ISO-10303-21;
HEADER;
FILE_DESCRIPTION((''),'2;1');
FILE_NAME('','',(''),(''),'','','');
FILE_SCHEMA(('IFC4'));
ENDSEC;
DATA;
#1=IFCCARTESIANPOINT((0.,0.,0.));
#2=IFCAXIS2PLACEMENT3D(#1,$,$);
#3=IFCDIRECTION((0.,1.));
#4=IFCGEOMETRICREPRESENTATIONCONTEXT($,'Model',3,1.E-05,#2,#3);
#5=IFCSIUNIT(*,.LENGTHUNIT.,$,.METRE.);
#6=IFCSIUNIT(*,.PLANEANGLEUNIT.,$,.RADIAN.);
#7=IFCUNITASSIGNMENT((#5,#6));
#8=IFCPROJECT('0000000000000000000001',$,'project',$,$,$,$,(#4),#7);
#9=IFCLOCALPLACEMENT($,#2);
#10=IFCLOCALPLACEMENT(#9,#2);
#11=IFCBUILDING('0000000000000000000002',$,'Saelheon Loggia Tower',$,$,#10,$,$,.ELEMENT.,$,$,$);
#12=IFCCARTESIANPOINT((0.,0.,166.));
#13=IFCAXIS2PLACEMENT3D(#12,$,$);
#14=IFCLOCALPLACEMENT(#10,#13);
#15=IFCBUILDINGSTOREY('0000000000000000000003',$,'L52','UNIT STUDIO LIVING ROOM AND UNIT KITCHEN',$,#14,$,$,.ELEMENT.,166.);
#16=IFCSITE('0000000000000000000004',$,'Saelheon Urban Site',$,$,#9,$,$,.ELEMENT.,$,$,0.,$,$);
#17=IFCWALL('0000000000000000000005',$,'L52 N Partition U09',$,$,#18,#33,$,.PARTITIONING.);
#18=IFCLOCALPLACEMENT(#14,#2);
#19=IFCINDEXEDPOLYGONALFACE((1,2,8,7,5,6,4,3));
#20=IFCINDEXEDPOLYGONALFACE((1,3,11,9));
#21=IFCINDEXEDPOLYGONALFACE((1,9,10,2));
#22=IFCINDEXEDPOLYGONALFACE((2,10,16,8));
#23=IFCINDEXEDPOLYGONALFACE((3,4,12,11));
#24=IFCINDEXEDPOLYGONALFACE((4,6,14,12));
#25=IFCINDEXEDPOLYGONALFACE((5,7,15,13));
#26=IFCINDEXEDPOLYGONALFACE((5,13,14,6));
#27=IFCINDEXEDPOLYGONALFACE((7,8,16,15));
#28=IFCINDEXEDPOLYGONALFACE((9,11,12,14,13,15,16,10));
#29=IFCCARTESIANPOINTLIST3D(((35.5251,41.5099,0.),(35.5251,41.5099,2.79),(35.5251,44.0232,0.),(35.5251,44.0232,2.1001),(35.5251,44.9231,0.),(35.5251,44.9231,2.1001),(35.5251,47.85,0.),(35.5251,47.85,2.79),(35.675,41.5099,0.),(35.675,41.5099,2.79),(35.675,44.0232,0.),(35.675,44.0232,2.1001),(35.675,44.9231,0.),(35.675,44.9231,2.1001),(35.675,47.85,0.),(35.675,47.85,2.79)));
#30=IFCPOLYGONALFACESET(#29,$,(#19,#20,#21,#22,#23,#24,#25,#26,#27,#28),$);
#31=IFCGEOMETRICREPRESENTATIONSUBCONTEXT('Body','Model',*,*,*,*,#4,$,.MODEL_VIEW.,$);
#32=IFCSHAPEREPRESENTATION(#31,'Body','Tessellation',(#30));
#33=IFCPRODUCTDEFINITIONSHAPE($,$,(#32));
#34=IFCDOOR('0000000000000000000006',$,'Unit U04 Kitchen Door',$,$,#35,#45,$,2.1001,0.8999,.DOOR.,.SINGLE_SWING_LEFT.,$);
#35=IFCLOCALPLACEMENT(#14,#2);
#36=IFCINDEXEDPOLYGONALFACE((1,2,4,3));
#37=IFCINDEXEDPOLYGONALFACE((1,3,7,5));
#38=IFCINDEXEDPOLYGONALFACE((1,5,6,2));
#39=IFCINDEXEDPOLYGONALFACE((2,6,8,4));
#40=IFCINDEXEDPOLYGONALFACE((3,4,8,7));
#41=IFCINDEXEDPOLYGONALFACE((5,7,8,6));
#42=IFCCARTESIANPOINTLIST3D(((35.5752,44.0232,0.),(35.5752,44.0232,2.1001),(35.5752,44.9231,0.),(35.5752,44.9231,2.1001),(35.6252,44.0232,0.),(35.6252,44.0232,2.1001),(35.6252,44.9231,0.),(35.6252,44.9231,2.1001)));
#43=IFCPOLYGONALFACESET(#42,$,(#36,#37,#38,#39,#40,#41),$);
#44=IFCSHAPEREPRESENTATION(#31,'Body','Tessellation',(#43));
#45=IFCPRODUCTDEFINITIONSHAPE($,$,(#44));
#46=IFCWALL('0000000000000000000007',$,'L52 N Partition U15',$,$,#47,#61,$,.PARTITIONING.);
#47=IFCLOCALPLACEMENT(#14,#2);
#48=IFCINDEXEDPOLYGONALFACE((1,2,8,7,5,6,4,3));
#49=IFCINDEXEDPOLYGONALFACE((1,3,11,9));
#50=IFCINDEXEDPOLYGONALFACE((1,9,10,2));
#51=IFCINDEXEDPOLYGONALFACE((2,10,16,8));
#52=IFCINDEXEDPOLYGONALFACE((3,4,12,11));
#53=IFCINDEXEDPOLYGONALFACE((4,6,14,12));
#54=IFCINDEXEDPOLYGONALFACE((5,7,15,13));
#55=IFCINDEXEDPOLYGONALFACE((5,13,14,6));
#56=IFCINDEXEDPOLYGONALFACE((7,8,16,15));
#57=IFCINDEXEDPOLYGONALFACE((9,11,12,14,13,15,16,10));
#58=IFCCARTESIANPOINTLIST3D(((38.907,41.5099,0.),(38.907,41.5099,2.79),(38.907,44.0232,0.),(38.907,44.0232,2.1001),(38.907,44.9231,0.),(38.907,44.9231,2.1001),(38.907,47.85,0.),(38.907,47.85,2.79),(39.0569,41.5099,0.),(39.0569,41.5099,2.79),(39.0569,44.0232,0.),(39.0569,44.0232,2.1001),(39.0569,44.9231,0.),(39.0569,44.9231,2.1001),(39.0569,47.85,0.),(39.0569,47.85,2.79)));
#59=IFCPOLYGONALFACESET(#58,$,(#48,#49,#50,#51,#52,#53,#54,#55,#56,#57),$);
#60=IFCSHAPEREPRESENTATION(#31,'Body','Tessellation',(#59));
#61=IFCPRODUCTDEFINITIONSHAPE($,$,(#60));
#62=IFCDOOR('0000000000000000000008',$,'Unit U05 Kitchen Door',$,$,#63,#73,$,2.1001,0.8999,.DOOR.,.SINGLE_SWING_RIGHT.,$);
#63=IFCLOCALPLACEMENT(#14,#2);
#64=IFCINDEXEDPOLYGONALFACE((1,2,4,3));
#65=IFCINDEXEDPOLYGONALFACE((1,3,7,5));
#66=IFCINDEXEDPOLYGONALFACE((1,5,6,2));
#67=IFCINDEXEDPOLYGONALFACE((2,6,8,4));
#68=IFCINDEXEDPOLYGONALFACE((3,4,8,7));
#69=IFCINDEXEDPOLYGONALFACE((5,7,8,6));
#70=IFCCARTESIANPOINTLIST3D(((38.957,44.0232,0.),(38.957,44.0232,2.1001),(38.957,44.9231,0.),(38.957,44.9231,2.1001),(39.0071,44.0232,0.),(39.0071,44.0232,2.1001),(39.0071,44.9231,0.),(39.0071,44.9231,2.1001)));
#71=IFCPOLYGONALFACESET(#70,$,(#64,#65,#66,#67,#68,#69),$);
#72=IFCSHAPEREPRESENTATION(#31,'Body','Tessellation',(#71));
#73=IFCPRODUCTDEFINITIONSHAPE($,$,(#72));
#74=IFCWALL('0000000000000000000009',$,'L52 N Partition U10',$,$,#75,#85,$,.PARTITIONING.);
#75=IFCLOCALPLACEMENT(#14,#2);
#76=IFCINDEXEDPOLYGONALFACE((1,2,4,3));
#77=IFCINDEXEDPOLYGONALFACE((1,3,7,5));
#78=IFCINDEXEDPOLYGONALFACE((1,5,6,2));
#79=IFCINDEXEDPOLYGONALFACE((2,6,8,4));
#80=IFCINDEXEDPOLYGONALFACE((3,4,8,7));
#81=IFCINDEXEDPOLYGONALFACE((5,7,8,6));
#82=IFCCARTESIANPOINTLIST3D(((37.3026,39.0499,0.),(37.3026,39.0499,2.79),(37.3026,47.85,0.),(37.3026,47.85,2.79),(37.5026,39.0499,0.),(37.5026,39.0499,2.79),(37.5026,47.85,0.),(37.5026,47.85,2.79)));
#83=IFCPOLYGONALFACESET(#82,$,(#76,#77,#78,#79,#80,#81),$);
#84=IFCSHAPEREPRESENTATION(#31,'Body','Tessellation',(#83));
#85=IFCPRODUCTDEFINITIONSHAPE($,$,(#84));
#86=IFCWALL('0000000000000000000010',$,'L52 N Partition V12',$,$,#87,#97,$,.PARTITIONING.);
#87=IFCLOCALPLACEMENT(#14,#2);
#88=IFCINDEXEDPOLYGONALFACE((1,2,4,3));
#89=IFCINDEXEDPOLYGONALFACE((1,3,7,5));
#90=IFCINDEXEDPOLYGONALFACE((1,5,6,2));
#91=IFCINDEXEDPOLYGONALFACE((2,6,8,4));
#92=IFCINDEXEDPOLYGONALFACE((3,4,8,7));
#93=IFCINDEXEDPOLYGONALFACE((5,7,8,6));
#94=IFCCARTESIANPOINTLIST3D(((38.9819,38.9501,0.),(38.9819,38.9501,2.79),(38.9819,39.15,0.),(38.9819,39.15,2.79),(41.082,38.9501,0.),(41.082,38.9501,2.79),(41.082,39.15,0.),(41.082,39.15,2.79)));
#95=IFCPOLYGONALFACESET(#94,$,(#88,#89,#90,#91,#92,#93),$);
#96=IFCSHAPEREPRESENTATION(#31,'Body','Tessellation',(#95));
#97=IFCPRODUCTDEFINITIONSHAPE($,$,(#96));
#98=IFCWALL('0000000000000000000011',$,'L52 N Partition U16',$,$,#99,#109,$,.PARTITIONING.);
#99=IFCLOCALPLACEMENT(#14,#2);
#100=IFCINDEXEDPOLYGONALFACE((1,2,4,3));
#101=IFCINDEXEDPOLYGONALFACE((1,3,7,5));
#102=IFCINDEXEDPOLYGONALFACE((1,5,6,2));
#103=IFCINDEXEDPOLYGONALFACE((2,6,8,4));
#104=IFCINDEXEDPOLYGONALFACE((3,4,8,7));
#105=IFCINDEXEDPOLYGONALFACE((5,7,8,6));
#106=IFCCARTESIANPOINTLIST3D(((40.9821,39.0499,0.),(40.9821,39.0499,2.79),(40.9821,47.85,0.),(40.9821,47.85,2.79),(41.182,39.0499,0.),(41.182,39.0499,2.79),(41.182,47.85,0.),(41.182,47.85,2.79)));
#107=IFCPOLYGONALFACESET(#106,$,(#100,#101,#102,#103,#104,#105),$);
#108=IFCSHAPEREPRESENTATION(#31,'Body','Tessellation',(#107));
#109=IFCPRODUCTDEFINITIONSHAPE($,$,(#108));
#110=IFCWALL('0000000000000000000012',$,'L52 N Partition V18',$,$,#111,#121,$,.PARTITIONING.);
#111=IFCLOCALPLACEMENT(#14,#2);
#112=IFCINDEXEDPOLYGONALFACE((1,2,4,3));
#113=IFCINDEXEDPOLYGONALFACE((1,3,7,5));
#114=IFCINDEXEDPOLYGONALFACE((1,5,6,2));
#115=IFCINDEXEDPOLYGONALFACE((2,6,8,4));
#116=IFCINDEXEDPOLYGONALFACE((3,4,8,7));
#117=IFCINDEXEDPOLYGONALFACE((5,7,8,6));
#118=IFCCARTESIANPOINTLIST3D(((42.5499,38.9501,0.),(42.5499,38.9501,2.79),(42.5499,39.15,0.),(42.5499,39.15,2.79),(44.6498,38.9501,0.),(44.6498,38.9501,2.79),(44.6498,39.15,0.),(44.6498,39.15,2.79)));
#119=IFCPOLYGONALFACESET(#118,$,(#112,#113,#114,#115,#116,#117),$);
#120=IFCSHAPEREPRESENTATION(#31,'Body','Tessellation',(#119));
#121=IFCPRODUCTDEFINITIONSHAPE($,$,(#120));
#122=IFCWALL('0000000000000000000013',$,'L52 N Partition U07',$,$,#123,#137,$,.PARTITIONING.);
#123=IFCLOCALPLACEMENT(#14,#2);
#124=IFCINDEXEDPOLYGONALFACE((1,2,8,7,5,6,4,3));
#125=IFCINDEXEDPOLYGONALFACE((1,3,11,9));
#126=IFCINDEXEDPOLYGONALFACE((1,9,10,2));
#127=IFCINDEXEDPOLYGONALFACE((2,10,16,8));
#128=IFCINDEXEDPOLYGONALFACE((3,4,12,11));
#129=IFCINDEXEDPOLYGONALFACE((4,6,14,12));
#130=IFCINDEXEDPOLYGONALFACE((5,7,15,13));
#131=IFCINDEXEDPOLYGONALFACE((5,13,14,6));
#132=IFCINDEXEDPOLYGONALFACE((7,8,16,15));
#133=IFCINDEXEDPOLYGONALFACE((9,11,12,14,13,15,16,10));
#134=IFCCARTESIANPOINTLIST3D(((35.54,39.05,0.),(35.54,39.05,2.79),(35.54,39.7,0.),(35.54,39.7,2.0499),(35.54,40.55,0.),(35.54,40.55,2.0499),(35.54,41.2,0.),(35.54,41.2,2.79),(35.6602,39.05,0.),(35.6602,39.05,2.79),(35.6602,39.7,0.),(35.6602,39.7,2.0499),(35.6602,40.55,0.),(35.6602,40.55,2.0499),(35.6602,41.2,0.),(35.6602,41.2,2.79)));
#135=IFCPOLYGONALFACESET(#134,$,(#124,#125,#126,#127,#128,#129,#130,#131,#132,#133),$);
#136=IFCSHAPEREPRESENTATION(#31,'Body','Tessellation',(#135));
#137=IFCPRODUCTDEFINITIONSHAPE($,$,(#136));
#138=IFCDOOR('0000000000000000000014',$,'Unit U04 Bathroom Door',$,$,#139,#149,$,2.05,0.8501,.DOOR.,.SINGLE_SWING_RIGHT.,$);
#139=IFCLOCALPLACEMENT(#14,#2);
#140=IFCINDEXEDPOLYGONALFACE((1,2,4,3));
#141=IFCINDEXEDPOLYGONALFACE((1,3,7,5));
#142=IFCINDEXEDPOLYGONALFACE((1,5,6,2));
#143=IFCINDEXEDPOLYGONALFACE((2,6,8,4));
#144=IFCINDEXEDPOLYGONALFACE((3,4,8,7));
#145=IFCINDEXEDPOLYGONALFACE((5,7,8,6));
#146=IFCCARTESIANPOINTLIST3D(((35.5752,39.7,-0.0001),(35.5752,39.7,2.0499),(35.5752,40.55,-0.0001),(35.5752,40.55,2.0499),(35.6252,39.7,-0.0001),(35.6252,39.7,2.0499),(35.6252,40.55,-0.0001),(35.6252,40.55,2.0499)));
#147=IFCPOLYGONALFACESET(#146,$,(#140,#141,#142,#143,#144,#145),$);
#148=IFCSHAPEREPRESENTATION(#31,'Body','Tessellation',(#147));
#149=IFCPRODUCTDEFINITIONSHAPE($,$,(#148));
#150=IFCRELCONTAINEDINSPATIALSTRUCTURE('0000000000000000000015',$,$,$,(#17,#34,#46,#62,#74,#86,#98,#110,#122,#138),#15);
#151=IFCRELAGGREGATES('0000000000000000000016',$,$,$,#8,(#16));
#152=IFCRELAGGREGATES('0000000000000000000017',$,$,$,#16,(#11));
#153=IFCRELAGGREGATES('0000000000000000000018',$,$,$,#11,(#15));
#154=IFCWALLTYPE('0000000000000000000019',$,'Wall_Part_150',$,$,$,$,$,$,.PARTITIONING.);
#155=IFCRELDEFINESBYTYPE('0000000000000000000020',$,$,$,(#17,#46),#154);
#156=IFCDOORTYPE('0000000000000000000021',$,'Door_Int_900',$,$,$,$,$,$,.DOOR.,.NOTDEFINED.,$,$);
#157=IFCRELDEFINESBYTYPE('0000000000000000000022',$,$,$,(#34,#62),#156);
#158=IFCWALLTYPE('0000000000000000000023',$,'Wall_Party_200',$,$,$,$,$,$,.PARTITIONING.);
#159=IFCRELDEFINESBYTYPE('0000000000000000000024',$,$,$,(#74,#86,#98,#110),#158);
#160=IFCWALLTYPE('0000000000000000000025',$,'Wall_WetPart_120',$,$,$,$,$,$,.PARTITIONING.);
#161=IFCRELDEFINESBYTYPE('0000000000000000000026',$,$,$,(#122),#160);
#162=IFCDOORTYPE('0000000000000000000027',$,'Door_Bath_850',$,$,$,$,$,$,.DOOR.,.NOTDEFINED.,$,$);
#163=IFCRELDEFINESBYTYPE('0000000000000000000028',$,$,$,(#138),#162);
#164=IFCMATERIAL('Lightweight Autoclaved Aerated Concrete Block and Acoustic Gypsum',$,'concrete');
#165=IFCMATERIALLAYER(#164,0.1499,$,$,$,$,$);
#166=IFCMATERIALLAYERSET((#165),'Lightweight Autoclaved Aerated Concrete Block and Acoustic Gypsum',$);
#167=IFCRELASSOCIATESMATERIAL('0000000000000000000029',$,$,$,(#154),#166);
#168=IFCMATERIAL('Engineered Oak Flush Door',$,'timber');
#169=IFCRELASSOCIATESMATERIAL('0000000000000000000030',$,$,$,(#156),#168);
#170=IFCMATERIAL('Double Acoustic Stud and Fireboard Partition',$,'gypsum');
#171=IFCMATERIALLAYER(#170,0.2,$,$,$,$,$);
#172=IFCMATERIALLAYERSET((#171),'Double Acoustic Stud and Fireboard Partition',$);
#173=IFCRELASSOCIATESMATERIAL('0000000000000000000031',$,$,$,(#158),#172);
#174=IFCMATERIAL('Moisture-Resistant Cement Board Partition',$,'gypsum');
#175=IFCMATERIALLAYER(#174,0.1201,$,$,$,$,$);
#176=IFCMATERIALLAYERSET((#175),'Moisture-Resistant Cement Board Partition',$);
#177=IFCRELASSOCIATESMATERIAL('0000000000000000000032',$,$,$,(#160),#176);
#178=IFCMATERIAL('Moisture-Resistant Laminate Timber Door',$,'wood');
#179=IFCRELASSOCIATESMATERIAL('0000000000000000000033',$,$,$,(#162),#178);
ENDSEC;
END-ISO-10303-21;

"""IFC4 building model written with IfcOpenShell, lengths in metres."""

from ifc_helpers import new_model, si_unit, direction, frame, frame_2d, origin, place, context, subcontext, project, spatial, rectangle, extrude, source, transform, mapped, material, layer, layer_set, type_object, element, fill, save


model = new_model("IFC4")

# Units and contexts
model_context = context("Model", 3, precision=1e-05, world=origin(), true_north=direction((0.0, 1.0)))
body_context = subcontext(model_context, "Body", "Model", "MODEL_VIEW")
ifc_project = project(units=[si_unit("LENGTHUNIT", "METRE"), si_unit("PLANEANGLEUNIT", "RADIAN")], contexts=[model_context])

# Site, building, storey
site_placement = place(None, origin())
site = spatial("IfcSite", under=ifc_project, at=site_placement, Name="Saelheon Urban Site", CompositionType="ELEMENT", RefElevation=0.0)
building_placement = place(site_placement, origin())
building = spatial("IfcBuilding", under=site, at=building_placement, Name="Saelheon Loggia Tower", CompositionType="ELEMENT")
storey_placement = place(building_placement, frame((0.0, 0.0, 166.0)))
storey = spatial("IfcBuildingStorey", under=building, at=storey_placement, Name="L52", Description="UNIT STUDIO LIVING ROOM AND UNIT KITCHEN", CompositionType="ELEMENT", Elevation=166.0)

# Walls, openings, doors
ifc_material_1 = material(Name="Lightweight Autoclaved Aerated Concrete Block and Acoustic Gypsum", Category="concrete")
ifc_layer_1 = layer(ifc_material_1, 0.1499)
ifc_layer_set_1 = layer_set([ifc_layer_1], Name="Lightweight Autoclaved Aerated Concrete Block and Acoustic Gypsum")
wall_type_1 = type_object("IfcWallType", Name="Wall_Part_150", PredefinedType="PARTITIONING", material=ifc_layer_set_1)
wall_1_placement = place(storey_placement, frame((35.6001, 41.51, 0.0), z_axis=(0.0, 0.0, 1.0), x_axis=(0.0, 1.0, 0.0)))
wall_1 = element("IfcWall", 1, at=wall_1_placement, inside=storey, type_object=wall_type_1, Name="L52 N Partition U09", PredefinedType="PARTITIONING", context=body_context, shape_type="SweptSolid", body=[
    extrude(rectangle(XDim=6.3401, YDim=0.1499, at=frame_2d((3.1699, 0.0))), origin(), (0.0, 0.0, 1.0), 2.79),
])
opening_1_placement = place(wall_1_placement, frame((2.5132, 0.0, 0.0)))
opening_1 = element("IfcOpeningElement", 2, at=opening_1_placement, cuts=wall_1, PredefinedType="OPENING", context=body_context, shape_type="SweptSolid", body=[
    extrude(rectangle(XDim=0.8999, YDim=2.1001, at=frame_2d((0.45, 1.05))), frame((0.0, 0.0869, 0.0), z_axis=(0.0, -1.0, 0.0), x_axis=(1.0, 0.0, 0.0)), (0.0, 0.0, 1.0), 0.1738),
])
ifc_material_2 = material(Name="Engineered Oak Flush Door", Category="timber")
door_type_1 = type_object("IfcDoorType", Name="Door_Int_900", OperationType="NOTDEFINED", PredefinedType="DOOR", material=ifc_material_2)
shared_shape_1 = source(origin(), body_context, "Body", "SweptSolid", [
    extrude(rectangle(XDim=0.8999, YDim=2.1001, at=frame_2d((0.45, 1.05))), frame((0.0, 0.0249, 0.0), z_axis=(0.0, -1.0, 0.0), x_axis=(1.0, 0.0, 0.0)), (0.0, 0.0, 1.0), 0.05),
])
door_1_placement = place(opening_1_placement, origin())
door_1 = element("IfcDoor", 3, at=door_1_placement, inside=storey, type_object=door_type_1, Name="Unit U04 Kitchen Door", OperationType="SINGLE_SWING_LEFT", OverallHeight=2.1001, OverallWidth=0.8999, PredefinedType="DOOR", context=body_context, shape_type="MappedRepresentation", body=[
    mapped(shared_shape_1, transform((0.0, 0.0, 0.0), scale=1.0)),
])
fill(opening_1, door_1)
wall_2_placement = place(storey_placement, frame((38.9819, 41.51, 0.0), z_axis=(0.0, 0.0, 1.0), x_axis=(0.0, 1.0, 0.0)))
wall_2 = element("IfcWall", 4, at=wall_2_placement, inside=storey, type_object=wall_type_1, Name="L52 N Partition U15", PredefinedType="PARTITIONING", context=body_context, shape_type="SweptSolid", body=[
    extrude(rectangle(XDim=6.3401, YDim=0.1499, at=frame_2d((3.1699, 0.0))), origin(), (0.0, 0.0, 1.0), 2.79),
])
opening_2_placement = place(wall_2_placement, frame((2.5132, 0.0, 0.0)))
opening_2 = element("IfcOpeningElement", 5, at=opening_2_placement, cuts=wall_2, PredefinedType="OPENING", context=body_context, shape_type="SweptSolid", body=[
    extrude(rectangle(XDim=0.8999, YDim=2.1001, at=frame_2d((0.45, 1.05))), frame((0.0, 0.0869, 0.0), z_axis=(0.0, -1.0, 0.0), x_axis=(1.0, 0.0, 0.0)), (0.0, 0.0, 1.0), 0.1738),
])
door_2_placement = place(opening_2_placement, origin())
door_2 = element("IfcDoor", 6, at=door_2_placement, inside=storey, type_object=door_type_1, Name="Unit U05 Kitchen Door", OperationType="SINGLE_SWING_RIGHT", OverallHeight=2.1001, OverallWidth=0.8999, PredefinedType="DOOR", context=body_context, shape_type="MappedRepresentation", body=[
    mapped(shared_shape_1, transform((0.0, 0.0, 0.0), scale=1.0)),
])
fill(opening_2, door_2)
ifc_material_3 = material(Name="Double Acoustic Stud and Fireboard Partition", Category="gypsum")
ifc_layer_2 = layer(ifc_material_3, 0.2)
ifc_layer_set_2 = layer_set([ifc_layer_2], Name="Double Acoustic Stud and Fireboard Partition")
wall_type_2 = type_object("IfcWallType", Name="Wall_Party_200", PredefinedType="PARTITIONING", material=ifc_layer_set_2)

# Wall
wall_3_placement = place(storey_placement, frame((37.4026, 39.05, 0.0), z_axis=(0.0, 0.0, 1.0), x_axis=(0.0, 1.0, 0.0)))
element("IfcWall", 7, at=wall_3_placement, inside=storey, type_object=wall_type_2, Name="L52 N Partition U10", PredefinedType="PARTITIONING", context=body_context, shape_type="SweptSolid", body=[
    extrude(rectangle(XDim=8.8, YDim=0.2, at=frame_2d((4.3999, 0.0))), origin(), (0.0, 0.0, 1.0), 2.79),
])

# Walls
wall_4_placement = place(storey_placement, frame((38.9819, 39.05, 0.0), z_axis=(0.0, 0.0, 1.0), x_axis=(1.0, 0.0, 0.0)))
element("IfcWall", 8, at=wall_4_placement, inside=storey, type_object=wall_type_2, Name="L52 N Partition V12", PredefinedType="PARTITIONING", context=body_context, shape_type="SweptSolid", body=[
    extrude(rectangle(XDim=2.1001, YDim=0.2, at=frame_2d((1.05, 0.0))), origin(), (0.0, 0.0, 1.0), 2.79),
])
wall_5_placement = place(storey_placement, frame((41.082, 39.05, 0.0), z_axis=(0.0, 0.0, 1.0), x_axis=(0.0, 1.0, 0.0)))
element("IfcWall", 9, at=wall_5_placement, inside=storey, type_object=wall_type_2, Name="L52 N Partition U16", PredefinedType="PARTITIONING", context=body_context, shape_type="SweptSolid", body=[
    extrude(rectangle(XDim=8.8, YDim=0.2, at=frame_2d((4.3999, 0.0))), origin(), (0.0, 0.0, 1.0), 2.79),
])

# Wall
wall_6_placement = place(storey_placement, frame((42.55, 39.05, 0.0), z_axis=(0.0, 0.0, 1.0), x_axis=(1.0, 0.0, 0.0)))
element("IfcWall", 10, at=wall_6_placement, inside=storey, type_object=wall_type_2, Name="L52 N Partition V18", PredefinedType="PARTITIONING", context=body_context, shape_type="SweptSolid", body=[
    extrude(rectangle(XDim=2.0999, YDim=0.2, at=frame_2d((1.0498, 0.0))), origin(), (0.0, 0.0, 1.0), 2.79),
])

# Wall, opening, door
ifc_material_4 = material(Name="Moisture-Resistant Cement Board Partition", Category="gypsum")
ifc_layer_3 = layer(ifc_material_4, 0.1201)
ifc_layer_set_3 = layer_set([ifc_layer_3], Name="Moisture-Resistant Cement Board Partition")
wall_type_3 = type_object("IfcWallType", Name="Wall_WetPart_120", PredefinedType="PARTITIONING", material=ifc_layer_set_3)
wall_7_placement = place(storey_placement, frame((35.6001, 39.05, 0.0), z_axis=(0.0, 0.0, 1.0), x_axis=(0.0, 1.0, 0.0)))
wall_7 = element("IfcWall", 11, at=wall_7_placement, inside=storey, type_object=wall_type_3, Name="L52 N Partition U07", PredefinedType="PARTITIONING", context=body_context, shape_type="SweptSolid", body=[
    extrude(rectangle(XDim=2.1499, YDim=0.1201, at=frame_2d((1.075, 0.0))), origin(), (0.0, 0.0, 1.0), 2.79),
])
opening_3_placement = place(wall_7_placement, frame((0.6499, 0.0, 0.0)))
opening_3 = element("IfcOpeningElement", 12, at=opening_3_placement, cuts=wall_7, PredefinedType="OPENING", context=body_context, shape_type="SweptSolid", body=[
    extrude(rectangle(XDim=0.8501, YDim=2.05, at=frame_2d((0.425, 1.0249))), frame((0.0, 0.072, 0.0), z_axis=(0.0, -1.0, 0.0), x_axis=(1.0, 0.0, 0.0)), (0.0, 0.0, 1.0), 0.144),
])
ifc_material_5 = material(Name="Moisture-Resistant Laminate Timber Door", Category="wood")
door_type_2 = type_object("IfcDoorType", Name="Door_Bath_850", OperationType="NOTDEFINED", PredefinedType="DOOR", material=ifc_material_5)
shared_shape_2 = source(origin(), body_context, "Body", "SweptSolid", [
    extrude(rectangle(XDim=0.8501, YDim=2.05, at=frame_2d((0.425, 1.0249))), frame((0.0, 0.0249, 0.0), z_axis=(0.0, -1.0, 0.0), x_axis=(1.0, 0.0, 0.0)), (0.0, 0.0, 1.0), 0.05),
])
door_3_placement = place(opening_3_placement, origin())
door_3 = element("IfcDoor", 13, at=door_3_placement, inside=storey, type_object=door_type_2, Name="Unit U04 Bathroom Door", OperationType="SINGLE_SWING_RIGHT", OverallHeight=2.05, OverallWidth=0.8501, PredefinedType="DOOR", context=body_context, shape_type="MappedRepresentation", body=[
    mapped(shared_shape_2, transform((0.0, 0.0, 0.0), scale=1.0)),
])
fill(opening_3, door_3)

save(model, "model.ifc")
